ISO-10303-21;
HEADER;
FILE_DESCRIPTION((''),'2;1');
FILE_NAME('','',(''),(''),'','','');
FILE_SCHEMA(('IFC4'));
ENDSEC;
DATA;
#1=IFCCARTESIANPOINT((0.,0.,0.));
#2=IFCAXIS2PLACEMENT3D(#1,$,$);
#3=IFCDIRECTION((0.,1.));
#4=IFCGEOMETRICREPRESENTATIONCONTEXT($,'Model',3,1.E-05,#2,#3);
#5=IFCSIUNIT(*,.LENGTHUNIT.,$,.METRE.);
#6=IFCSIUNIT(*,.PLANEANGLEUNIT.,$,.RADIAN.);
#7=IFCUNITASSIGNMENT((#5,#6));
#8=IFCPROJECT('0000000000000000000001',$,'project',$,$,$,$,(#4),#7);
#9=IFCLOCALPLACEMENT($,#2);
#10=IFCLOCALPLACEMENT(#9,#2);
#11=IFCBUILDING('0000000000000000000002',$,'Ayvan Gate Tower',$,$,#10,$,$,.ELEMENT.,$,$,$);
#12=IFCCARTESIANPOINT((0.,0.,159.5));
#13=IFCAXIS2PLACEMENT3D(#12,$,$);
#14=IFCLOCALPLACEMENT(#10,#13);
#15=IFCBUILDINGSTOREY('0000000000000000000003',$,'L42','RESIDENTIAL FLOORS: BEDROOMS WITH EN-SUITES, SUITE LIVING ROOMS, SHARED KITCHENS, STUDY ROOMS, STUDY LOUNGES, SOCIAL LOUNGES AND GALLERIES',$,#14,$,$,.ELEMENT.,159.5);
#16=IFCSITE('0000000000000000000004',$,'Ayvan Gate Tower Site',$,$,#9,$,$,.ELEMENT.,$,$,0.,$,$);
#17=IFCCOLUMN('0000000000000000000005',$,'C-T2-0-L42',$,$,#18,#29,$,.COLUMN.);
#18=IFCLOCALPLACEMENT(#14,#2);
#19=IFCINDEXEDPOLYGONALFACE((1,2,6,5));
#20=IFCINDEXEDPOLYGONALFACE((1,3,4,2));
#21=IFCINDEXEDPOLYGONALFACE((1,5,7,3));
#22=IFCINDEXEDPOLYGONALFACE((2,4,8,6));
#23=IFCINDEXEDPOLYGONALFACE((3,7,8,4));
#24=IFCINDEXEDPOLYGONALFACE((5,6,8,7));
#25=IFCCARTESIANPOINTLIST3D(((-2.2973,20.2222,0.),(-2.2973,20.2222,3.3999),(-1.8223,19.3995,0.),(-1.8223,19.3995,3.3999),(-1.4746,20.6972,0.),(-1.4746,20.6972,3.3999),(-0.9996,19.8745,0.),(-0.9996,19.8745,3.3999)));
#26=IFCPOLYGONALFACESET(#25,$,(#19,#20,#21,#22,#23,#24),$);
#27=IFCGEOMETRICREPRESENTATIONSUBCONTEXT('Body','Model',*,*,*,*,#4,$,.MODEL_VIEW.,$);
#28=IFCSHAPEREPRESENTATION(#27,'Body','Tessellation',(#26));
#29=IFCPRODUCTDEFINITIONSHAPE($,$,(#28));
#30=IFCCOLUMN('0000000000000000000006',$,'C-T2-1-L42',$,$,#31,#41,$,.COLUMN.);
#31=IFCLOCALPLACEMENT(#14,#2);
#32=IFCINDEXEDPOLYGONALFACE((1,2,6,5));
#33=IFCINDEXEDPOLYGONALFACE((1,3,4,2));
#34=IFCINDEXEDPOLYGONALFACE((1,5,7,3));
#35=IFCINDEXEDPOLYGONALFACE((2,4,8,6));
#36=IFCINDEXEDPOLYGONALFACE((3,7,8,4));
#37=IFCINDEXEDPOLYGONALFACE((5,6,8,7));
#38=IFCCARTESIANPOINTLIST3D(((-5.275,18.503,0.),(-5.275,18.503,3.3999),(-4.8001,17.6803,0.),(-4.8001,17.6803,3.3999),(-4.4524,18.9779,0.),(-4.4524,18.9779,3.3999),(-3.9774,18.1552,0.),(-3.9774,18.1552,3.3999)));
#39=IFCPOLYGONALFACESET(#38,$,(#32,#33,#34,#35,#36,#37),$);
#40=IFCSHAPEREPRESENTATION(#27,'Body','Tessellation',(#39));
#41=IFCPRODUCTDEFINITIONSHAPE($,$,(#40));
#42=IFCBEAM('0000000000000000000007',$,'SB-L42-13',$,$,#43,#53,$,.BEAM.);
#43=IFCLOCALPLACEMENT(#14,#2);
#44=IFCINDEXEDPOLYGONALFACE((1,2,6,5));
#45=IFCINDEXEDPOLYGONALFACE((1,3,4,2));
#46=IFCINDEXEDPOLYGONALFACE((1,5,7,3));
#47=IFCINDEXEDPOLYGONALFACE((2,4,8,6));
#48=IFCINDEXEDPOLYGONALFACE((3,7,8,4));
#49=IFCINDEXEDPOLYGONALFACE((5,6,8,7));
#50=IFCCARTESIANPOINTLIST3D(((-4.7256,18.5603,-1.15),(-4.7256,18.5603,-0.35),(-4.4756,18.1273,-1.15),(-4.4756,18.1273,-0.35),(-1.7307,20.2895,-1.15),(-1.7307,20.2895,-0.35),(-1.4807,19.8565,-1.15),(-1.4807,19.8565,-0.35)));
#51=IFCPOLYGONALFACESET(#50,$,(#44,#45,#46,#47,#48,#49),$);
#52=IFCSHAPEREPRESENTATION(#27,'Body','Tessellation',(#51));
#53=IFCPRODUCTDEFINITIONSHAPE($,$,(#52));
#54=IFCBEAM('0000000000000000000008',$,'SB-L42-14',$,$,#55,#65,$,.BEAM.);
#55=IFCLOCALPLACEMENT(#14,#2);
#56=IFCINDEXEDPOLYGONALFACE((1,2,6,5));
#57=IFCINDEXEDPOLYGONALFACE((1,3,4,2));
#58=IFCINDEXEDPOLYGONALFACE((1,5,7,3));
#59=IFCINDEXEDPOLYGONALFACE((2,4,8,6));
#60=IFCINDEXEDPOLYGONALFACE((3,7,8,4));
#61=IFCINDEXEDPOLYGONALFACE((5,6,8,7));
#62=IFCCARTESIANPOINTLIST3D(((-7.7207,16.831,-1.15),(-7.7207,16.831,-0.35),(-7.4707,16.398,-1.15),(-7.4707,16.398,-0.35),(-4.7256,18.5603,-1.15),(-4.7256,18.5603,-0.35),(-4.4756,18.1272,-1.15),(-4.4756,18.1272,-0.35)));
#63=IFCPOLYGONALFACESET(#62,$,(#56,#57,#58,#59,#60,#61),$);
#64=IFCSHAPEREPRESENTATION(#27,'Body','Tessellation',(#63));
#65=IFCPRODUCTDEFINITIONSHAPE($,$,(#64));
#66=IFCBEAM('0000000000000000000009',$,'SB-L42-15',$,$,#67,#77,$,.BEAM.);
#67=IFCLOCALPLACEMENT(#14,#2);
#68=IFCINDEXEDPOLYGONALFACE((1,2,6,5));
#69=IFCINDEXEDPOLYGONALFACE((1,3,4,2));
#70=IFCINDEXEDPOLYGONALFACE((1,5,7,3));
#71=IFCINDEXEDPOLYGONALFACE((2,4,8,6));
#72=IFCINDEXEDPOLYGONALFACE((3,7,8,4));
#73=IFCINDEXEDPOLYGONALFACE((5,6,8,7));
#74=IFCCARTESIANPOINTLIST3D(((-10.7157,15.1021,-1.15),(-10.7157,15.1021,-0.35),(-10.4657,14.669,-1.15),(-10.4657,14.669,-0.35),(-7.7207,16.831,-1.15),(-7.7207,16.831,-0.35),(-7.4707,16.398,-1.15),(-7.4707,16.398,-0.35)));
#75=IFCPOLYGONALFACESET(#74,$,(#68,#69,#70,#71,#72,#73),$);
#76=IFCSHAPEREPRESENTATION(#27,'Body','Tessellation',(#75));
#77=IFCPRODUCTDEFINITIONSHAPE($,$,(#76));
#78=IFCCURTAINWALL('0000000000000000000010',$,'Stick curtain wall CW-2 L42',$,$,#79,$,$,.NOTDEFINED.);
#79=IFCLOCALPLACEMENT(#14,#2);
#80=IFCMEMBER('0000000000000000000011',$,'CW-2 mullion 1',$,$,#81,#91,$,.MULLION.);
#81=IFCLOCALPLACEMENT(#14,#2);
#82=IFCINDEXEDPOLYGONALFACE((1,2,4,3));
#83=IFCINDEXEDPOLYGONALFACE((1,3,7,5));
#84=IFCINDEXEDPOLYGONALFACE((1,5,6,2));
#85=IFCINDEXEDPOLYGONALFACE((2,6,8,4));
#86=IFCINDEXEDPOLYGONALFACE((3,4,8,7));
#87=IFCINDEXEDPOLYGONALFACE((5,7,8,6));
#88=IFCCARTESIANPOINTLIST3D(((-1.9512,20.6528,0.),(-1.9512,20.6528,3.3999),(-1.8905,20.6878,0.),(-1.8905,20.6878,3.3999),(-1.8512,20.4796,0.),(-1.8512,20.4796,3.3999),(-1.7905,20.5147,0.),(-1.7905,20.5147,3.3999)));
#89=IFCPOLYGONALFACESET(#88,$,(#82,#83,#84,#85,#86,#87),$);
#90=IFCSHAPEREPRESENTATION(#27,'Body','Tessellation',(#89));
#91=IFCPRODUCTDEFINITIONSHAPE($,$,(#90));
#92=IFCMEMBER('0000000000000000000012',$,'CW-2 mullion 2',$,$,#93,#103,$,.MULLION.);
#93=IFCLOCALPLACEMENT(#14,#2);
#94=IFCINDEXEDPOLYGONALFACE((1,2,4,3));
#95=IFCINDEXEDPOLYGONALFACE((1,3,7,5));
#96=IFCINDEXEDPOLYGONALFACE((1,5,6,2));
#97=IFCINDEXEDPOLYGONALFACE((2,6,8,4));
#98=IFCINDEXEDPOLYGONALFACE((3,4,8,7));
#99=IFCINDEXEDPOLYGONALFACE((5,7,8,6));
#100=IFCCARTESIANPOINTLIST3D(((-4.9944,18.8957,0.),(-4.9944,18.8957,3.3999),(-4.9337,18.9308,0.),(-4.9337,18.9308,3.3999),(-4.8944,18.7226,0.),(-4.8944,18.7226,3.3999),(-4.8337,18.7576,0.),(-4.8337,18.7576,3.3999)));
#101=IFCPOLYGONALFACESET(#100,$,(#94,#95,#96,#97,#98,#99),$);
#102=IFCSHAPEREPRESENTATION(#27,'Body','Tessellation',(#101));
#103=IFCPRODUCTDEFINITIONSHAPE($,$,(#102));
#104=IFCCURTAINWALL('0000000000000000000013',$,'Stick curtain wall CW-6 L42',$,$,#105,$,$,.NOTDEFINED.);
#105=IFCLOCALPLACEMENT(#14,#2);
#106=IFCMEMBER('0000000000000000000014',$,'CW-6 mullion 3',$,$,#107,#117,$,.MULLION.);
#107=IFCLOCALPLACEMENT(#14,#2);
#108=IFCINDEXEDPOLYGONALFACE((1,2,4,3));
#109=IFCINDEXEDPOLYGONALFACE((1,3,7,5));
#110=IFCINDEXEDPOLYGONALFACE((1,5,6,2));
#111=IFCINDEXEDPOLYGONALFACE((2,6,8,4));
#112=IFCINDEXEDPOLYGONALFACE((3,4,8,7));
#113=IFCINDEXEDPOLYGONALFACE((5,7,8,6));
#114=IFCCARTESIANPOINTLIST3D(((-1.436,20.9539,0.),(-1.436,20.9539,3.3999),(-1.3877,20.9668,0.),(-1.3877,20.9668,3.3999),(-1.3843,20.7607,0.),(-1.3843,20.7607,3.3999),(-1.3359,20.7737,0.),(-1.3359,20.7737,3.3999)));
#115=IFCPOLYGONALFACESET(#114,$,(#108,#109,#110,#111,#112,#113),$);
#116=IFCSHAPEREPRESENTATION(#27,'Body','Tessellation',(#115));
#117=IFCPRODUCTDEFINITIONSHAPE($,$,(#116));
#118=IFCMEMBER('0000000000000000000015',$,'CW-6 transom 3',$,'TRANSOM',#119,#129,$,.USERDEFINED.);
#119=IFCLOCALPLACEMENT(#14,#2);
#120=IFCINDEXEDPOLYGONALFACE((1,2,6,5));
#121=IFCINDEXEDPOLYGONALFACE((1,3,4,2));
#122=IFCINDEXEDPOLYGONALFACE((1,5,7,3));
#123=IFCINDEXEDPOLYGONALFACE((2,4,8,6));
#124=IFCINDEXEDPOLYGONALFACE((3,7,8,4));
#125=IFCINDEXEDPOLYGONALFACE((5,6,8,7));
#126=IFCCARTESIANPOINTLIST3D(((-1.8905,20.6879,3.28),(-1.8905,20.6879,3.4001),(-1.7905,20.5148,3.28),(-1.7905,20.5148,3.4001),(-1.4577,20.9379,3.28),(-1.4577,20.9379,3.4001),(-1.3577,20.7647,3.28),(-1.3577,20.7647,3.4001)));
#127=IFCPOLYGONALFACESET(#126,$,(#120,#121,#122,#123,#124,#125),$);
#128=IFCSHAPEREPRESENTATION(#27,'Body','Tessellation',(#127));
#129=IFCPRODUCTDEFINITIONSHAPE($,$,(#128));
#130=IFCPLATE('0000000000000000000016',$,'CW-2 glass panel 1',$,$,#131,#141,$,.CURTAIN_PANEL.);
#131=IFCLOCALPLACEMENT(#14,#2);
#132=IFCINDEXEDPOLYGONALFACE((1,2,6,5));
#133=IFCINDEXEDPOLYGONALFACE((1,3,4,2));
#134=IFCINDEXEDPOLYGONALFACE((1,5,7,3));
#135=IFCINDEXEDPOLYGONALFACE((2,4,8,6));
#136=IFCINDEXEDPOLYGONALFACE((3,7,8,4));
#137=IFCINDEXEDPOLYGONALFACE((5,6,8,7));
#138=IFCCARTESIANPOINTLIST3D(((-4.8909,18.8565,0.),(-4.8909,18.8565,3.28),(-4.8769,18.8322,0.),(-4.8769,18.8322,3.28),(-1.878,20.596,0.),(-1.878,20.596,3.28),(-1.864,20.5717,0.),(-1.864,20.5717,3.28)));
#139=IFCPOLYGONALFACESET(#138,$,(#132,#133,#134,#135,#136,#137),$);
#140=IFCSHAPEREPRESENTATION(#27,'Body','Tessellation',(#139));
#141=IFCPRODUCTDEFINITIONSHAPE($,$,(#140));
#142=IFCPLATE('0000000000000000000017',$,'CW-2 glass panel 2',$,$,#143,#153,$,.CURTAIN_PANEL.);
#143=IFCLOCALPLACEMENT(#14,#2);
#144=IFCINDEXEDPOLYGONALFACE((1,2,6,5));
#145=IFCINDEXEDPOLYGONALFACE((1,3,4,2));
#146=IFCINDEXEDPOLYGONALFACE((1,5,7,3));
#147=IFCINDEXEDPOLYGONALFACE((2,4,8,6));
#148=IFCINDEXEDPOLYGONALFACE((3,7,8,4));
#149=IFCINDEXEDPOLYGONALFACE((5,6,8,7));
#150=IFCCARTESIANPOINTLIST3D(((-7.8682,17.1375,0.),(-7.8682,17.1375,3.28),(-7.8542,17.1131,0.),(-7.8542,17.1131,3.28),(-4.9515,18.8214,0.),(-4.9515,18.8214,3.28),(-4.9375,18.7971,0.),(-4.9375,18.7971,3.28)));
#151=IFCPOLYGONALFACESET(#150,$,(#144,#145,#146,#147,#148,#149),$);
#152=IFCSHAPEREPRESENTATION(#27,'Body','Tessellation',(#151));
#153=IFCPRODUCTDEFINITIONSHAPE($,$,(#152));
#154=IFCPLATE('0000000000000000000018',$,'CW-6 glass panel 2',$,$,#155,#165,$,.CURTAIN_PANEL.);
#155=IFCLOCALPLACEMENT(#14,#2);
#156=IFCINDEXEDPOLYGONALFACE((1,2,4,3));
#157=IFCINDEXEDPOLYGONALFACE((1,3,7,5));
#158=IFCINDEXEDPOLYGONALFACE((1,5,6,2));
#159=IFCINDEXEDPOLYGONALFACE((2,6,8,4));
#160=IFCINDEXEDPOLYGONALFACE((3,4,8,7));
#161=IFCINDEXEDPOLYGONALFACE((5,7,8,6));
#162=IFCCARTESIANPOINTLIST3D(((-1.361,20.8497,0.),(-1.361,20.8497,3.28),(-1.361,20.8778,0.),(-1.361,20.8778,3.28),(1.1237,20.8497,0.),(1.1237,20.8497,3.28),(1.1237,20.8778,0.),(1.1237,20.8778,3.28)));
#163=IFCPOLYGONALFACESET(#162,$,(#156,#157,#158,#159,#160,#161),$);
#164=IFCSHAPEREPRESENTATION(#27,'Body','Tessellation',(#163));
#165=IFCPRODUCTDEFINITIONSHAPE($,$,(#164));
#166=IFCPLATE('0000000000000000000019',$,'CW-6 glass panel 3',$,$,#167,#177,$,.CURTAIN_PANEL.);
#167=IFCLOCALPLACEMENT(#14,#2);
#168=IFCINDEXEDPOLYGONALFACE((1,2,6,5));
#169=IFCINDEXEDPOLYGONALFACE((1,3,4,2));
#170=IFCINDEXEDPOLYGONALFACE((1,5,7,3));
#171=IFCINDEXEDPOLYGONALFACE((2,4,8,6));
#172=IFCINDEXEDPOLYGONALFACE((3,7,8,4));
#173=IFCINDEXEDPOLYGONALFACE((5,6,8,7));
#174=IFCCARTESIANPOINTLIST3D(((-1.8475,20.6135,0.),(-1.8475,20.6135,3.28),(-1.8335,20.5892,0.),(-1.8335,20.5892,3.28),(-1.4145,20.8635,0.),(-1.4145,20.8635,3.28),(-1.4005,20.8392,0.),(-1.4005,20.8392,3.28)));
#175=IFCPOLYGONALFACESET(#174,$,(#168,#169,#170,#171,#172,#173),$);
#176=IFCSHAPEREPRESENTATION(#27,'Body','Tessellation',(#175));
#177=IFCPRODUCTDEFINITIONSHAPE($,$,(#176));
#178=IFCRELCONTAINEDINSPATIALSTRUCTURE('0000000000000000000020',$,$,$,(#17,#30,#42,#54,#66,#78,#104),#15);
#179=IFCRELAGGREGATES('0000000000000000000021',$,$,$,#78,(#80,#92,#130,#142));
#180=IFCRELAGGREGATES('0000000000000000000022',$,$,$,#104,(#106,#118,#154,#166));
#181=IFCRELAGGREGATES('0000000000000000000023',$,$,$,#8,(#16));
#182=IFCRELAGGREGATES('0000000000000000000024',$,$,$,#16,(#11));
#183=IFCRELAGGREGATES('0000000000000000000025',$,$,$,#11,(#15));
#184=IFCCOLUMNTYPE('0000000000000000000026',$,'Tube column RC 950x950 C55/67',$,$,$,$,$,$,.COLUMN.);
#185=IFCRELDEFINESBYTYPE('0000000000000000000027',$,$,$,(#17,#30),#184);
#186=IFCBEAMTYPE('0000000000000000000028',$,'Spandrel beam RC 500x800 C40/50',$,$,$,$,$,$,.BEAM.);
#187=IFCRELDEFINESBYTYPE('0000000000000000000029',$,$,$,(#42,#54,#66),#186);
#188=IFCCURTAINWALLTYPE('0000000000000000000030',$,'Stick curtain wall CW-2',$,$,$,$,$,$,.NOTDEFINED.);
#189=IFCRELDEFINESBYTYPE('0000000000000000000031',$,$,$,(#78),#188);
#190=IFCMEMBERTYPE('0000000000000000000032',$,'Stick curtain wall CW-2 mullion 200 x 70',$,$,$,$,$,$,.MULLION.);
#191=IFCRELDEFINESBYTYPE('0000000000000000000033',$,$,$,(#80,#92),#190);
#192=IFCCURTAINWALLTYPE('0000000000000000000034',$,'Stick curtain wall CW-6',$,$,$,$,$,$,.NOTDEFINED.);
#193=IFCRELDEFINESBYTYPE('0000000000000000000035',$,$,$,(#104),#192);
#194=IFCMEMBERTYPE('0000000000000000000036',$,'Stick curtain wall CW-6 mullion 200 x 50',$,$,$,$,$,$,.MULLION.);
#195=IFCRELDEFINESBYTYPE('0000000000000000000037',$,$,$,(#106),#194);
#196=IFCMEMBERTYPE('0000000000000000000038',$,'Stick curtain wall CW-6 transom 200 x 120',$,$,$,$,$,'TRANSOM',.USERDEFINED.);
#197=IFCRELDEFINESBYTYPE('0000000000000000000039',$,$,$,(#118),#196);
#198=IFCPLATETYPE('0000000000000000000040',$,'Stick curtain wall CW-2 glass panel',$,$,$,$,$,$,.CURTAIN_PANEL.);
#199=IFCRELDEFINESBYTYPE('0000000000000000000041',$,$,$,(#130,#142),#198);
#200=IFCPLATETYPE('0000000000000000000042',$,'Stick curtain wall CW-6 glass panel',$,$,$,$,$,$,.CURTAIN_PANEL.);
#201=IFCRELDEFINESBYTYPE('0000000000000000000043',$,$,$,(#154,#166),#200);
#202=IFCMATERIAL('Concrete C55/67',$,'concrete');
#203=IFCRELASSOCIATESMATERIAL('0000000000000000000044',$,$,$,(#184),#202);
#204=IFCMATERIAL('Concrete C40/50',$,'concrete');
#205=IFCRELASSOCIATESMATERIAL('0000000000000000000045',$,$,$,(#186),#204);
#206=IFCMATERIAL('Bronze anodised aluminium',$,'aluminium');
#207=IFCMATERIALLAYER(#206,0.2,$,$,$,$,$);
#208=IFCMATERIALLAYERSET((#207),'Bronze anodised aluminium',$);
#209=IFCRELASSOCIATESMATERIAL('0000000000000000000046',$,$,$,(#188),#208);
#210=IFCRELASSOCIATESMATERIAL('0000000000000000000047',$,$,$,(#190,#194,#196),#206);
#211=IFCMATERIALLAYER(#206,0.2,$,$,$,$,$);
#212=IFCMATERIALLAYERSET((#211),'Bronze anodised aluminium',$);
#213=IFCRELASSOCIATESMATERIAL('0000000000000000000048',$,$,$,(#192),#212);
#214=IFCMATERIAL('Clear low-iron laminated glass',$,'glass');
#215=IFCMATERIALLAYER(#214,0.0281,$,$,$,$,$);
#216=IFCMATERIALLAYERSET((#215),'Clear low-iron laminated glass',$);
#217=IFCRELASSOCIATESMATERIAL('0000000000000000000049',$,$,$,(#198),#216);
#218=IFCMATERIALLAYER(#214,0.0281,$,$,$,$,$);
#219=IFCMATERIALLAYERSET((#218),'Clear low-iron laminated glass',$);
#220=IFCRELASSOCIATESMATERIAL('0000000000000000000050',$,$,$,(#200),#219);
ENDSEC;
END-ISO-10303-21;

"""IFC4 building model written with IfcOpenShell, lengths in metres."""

from ifc_helpers import new_model, si_unit, direction, frame, origin, origin_2d, place, context, subcontext, project, spatial, rectangle, extrude, material, layer, layer_set, material_profile, profile_set, type_object, element, aggregate, save


model = new_model("IFC4")

# Units and contexts
model_context = context("Model", 3, precision=1e-05, world=origin(), true_north=direction((0.0, 1.0)))
body_context = subcontext(model_context, "Body", "Model", "MODEL_VIEW")
ifc_project = project(units=[si_unit("LENGTHUNIT", "METRE"), si_unit("PLANEANGLEUNIT", "RADIAN")], contexts=[model_context])

# Site, building, storey
site_placement = place(None, origin())
site = spatial("IfcSite", under=ifc_project, at=site_placement, Name="Ayvan Gate Tower Site", CompositionType="ELEMENT", RefElevation=0.0)
building_placement = place(site_placement, origin())
building = spatial("IfcBuilding", under=site, at=building_placement, Name="Ayvan Gate Tower", CompositionType="ELEMENT")
storey_placement = place(building_placement, frame((0.0, 0.0, 159.5)))
storey = spatial("IfcBuildingStorey", under=building, at=storey_placement, Name="L42", Description="RESIDENTIAL FLOORS: BEDROOMS WITH EN-SUITES, SUITE LIVING ROOMS, SHARED KITCHENS, STUDY ROOMS, STUDY LOUNGES, SOCIAL LOUNGES AND GALLERIES", CompositionType="ELEMENT", Elevation=159.5)

# Columns
ifc_material_1 = material(Name="Concrete C55/67", Category="concrete")
ifc_material_profile_1 = material_profile(ifc_material_1, rectangle(XDim=0.95, YDim=0.95, at=origin_2d()), Name="RC 950x950")
ifc_profile_set_1 = profile_set([ifc_material_profile_1], Name="Concrete C55/67")
column_type = type_object("IfcColumnType", Name="Tube column RC 950x950 C55/67", PredefinedType="COLUMN", material=ifc_profile_set_1)
for number, where, z_axis, x_axis, name in (
    (1, (-1.6484, 20.0483, 0.0), (0.0, 0.0, 1.0), (-0.5, 0.866025, 0.0), "C-T2-0-L42"),
    (2, (-4.6262, 18.3291, 0.0), (0.0, 0.0, 1.0), (-0.5, 0.866025, 0.0), "C-T2-1-L42"),
):
    element("IfcColumn", number, at=place(storey_placement, frame(where, z_axis=z_axis, x_axis=x_axis)), inside=storey, type_object=column_type, Name=name, PredefinedType="COLUMN", context=body_context, shape_type="SweptSolid", body=[
        extrude(rectangle(XDim=0.95, YDim=0.95, at=origin_2d()), origin(), (0.0, 0.0, 1.0), 3.3999),
    ])

# Beams
ifc_material_2 = material(Name="Concrete C40/50", Category="concrete")
ifc_material_profile_2 = material_profile(ifc_material_2, rectangle(XDim=0.5, YDim=0.8, at=origin_2d()), Name="RC 500x800")
ifc_profile_set_2 = profile_set([ifc_material_profile_2], Name="Concrete C40/50")
beam_type = type_object("IfcBeamType", Name="Spandrel beam RC 500x800 C40/50", PredefinedType="BEAM", material=ifc_profile_set_2)
beam_1_placement = place(storey_placement, frame((-1.6057, 20.073, -0.75), z_axis=(-0.866006, -0.500034, 0.0), x_axis=(0.500034, -0.866006, 0.0)))
element("IfcBeam", 3, at=beam_1_placement, inside=storey, type_object=beam_type, Name="SB-L42-13", PredefinedType="BEAM", context=body_context, shape_type="SweptSolid", body=[
    extrude(rectangle(XDim=0.5, YDim=0.8, at=origin_2d()), origin(), (0.0, 0.0, 1.0), 3.4583),
])
beam_2_placement = place(storey_placement, frame((-4.6006, 18.3438, -0.75), z_axis=(-0.866023, -0.500004, 0.0), x_axis=(0.500004, -0.866023, 0.0)))
element("IfcBeam", 4, at=beam_2_placement, inside=storey, type_object=beam_type, Name="SB-L42-14", PredefinedType="BEAM", context=body_context, shape_type="SweptSolid", body=[
    extrude(rectangle(XDim=0.5, YDim=0.8, at=origin_2d()), origin(), (0.0, 0.0, 1.0), 3.4585),
])
beam_3_placement = place(storey_placement, frame((-7.5957, 16.6145, -0.75), z_axis=(-0.866054, -0.499951, 0.0), x_axis=(0.499951, -0.866054, 0.0)))
element("IfcBeam", 5, at=beam_3_placement, inside=storey, type_object=beam_type, Name="SB-L42-15", PredefinedType="BEAM", context=body_context, shape_type="SweptSolid", body=[
    extrude(rectangle(XDim=0.5, YDim=0.8, at=origin_2d()), origin(), (0.0, 0.0, 1.0), 3.4583),
])

# Curtain walls, members
ifc_material_3 = material(Name="Bronze anodised aluminium", Category="aluminium")
ifc_layer_1 = layer(ifc_material_3, 0.2)
ifc_layer_set_1 = layer_set([ifc_layer_1], Name="Bronze anodised aluminium")
curtain_wall_type_1 = type_object("IfcCurtainWallType", Name="Stick curtain wall CW-2", PredefinedType="NOTDEFINED", material=ifc_layer_set_1)
curtain_wall_1_placement = place(storey_placement, origin())
curtain_wall_1 = element("IfcCurtainWall", 6, at=curtain_wall_1_placement, inside=storey, type_object=curtain_wall_type_1, Name="Stick curtain wall CW-2 L42", PredefinedType="NOTDEFINED")
ifc_material_profile_3 = material_profile(ifc_material_3, rectangle(XDim=0.2, YDim=0.0701, at=origin_2d()), Name="Stick curtain wall CW-2 mullion 200 x 70")
ifc_profile_set_3 = profile_set([ifc_material_profile_3], Name="Bronze anodised aluminium")
member_type_1 = type_object("IfcMemberType", Name="Stick curtain wall CW-2 mullion 200 x 70", PredefinedType="MULLION", material=ifc_profile_set_3)
member_1_placement = place(storey_placement, frame((-1.8708, 20.5837, 0.0), z_axis=(0.0, 0.0, 1.0), x_axis=(-0.5, 0.866025, 0.0)))
member_1 = element("IfcMember", 7, at=member_1_placement, type_object=member_type_1, Name="CW-2 mullion 1", PredefinedType="MULLION", context=body_context, shape_type="SweptSolid", body=[
    extrude(rectangle(XDim=0.2, YDim=0.0701, at=origin_2d()), origin(), (0.0, 0.0, 1.0), 3.3999),
])
member_2_placement = place(storey_placement, frame((-4.9141, 18.8267, 0.0), z_axis=(0.0, 0.0, 1.0), x_axis=(-0.5, 0.866025, 0.0)))
member_2 = element("IfcMember", 8, at=member_2_placement, type_object=member_type_1, Name="CW-2 mullion 2", PredefinedType="MULLION", context=body_context, shape_type="SweptSolid", body=[
    extrude(rectangle(XDim=0.2, YDim=0.0701, at=origin_2d()), origin(), (0.0, 0.0, 1.0), 3.3999),
])
ifc_layer_2 = layer(ifc_material_3, 0.2)
ifc_layer_set_2 = layer_set([ifc_layer_2], Name="Bronze anodised aluminium")
curtain_wall_type_2 = type_object("IfcCurtainWallType", Name="Stick curtain wall CW-6", PredefinedType="NOTDEFINED", material=ifc_layer_set_2)
curtain_wall_2_placement = place(storey_placement, origin())
curtain_wall_2 = element("IfcCurtainWall", 9, at=curtain_wall_2_placement, inside=storey, type_object=curtain_wall_type_2, Name="Stick curtain wall CW-6 L42", PredefinedType="NOTDEFINED")
ifc_material_profile_4 = material_profile(ifc_material_3, rectangle(XDim=0.2, YDim=0.05, at=origin_2d()), Name="Stick curtain wall CW-6 mullion 200 x 50")
ifc_profile_set_4 = profile_set([ifc_material_profile_4], Name="Bronze anodised aluminium")
member_type_2 = type_object("IfcMemberType", Name="Stick curtain wall CW-6 mullion 200 x 50", PredefinedType="MULLION", material=ifc_profile_set_4)
member_3_placement = place(storey_placement, frame((-1.386, 20.8638, 0.0), z_axis=(0.0, 0.0, 1.0), x_axis=(-0.258819, 0.965926, 0.0)))
member_3 = element("IfcMember", 10, at=member_3_placement, type_object=member_type_2, Name="CW-6 mullion 3", PredefinedType="MULLION", context=body_context, shape_type="SweptSolid", body=[
    extrude(rectangle(XDim=0.2, YDim=0.05, at=origin_2d()), origin(), (0.0, 0.0, 1.0), 3.3999),
])
ifc_material_profile_5 = material_profile(ifc_material_3, rectangle(XDim=0.2, YDim=0.1201, at=origin_2d()), Name="Stick curtain wall CW-6 transom 200 x 120")
ifc_profile_set_5 = profile_set([ifc_material_profile_5], Name="Bronze anodised aluminium")
member_type_3 = type_object("IfcMemberType", Name="Stick curtain wall CW-6 transom 200 x 120", ElementType="TRANSOM", PredefinedType="USERDEFINED", material=ifc_profile_set_5)
member_4_placement = place(storey_placement, frame((-1.4077, 20.8513, 3.3401), z_axis=(-0.86595, -0.500131, 0.0), x_axis=(0.500131, -0.86595, 0.0)))
member_4 = element("IfcMember", 11, at=member_4_placement, type_object=member_type_3, Name="CW-6 transom 3", ObjectType="TRANSOM", PredefinedType="USERDEFINED", context=body_context, shape_type="SweptSolid", body=[
    extrude(rectangle(XDim=0.2, YDim=0.1201, at=origin_2d()), origin(), (0.0, 0.0, 1.0), 0.4998),
])

# Plates
ifc_material_4 = material(Name="Clear low-iron laminated glass", Category="glass")
ifc_layer_3 = layer(ifc_material_4, 0.0281)
ifc_layer_set_3 = layer_set([ifc_layer_3], Name="Clear low-iron laminated glass")
plate_type_1 = type_object("IfcPlateType", Name="Stick curtain wall CW-2 glass panel", PredefinedType="CURTAIN_PANEL", material=ifc_layer_set_3)
plate_1_placement = place(storey_placement, frame((-3.3774, 19.7141, 0.0), z_axis=(0.0, 0.0, 1.0), x_axis=(-0.866025, -0.5, 0.0)))
plate_1 = element("IfcPlate", 12, at=plate_1_placement, type_object=plate_type_1, Name="CW-2 glass panel 1", PredefinedType="CURTAIN_PANEL", context=body_context, shape_type="SweptSolid", body=[
    extrude(rectangle(XDim=3.479, YDim=0.0281, at=origin_2d()), origin(), (0.0, 0.0, 1.0), 3.28),
])
plate_2_placement = place(storey_placement, frame((-6.4028, 17.9673, 0.0), z_axis=(0.0, 0.0, 1.0), x_axis=(-0.866025, -0.5, 0.0)))
plate_2 = element("IfcPlate", 13, at=plate_2_placement, type_object=plate_type_1, Name="CW-2 glass panel 2", PredefinedType="CURTAIN_PANEL", context=body_context, shape_type="SweptSolid", body=[
    extrude(rectangle(XDim=3.3679, YDim=0.0281, at=origin_2d()), origin(), (0.0, 0.0, 1.0), 3.28),
])
aggregate(curtain_wall_1, [member_1, member_2, plate_1, plate_2])
ifc_layer_4 = layer(ifc_material_4, 0.0281)
ifc_layer_set_4 = layer_set([ifc_layer_4], Name="Clear low-iron laminated glass")
plate_type_2 = type_object("IfcPlateType", Name="Stick curtain wall CW-6 glass panel", PredefinedType="CURTAIN_PANEL", material=ifc_layer_set_4)
plate_3_placement = place(storey_placement, frame((-0.1187, 20.8638, 0.0), z_axis=(0.0, 0.0, 1.0), x_axis=(-1.0, 0.0, 0.0)))
plate_3 = element("IfcPlate", 14, at=plate_3_placement, type_object=plate_type_2, Name="CW-6 glass panel 2", PredefinedType="CURTAIN_PANEL", context=body_context, shape_type="SweptSolid", body=[
    extrude(rectangle(XDim=2.4846, YDim=0.0281, at=origin_2d()), origin(), (0.0, 0.0, 1.0), 3.28),
])
plate_4_placement = place(storey_placement, frame((-1.624, 20.7263, 0.0), z_axis=(0.0, 0.0, 1.0), x_axis=(-0.866025, -0.5, 0.0)))
plate_4 = element("IfcPlate", 15, at=plate_4_placement, type_object=plate_type_2, Name="CW-6 glass panel 3", PredefinedType="CURTAIN_PANEL", context=body_context, shape_type="SweptSolid", body=[
    extrude(rectangle(XDim=0.5, YDim=0.0281, at=origin_2d()), origin(), (0.0, 0.0, 1.0), 3.28),
])
aggregate(curtain_wall_2, [member_3, member_4, plate_3, plate_4])

save(model, "model.ifc")
